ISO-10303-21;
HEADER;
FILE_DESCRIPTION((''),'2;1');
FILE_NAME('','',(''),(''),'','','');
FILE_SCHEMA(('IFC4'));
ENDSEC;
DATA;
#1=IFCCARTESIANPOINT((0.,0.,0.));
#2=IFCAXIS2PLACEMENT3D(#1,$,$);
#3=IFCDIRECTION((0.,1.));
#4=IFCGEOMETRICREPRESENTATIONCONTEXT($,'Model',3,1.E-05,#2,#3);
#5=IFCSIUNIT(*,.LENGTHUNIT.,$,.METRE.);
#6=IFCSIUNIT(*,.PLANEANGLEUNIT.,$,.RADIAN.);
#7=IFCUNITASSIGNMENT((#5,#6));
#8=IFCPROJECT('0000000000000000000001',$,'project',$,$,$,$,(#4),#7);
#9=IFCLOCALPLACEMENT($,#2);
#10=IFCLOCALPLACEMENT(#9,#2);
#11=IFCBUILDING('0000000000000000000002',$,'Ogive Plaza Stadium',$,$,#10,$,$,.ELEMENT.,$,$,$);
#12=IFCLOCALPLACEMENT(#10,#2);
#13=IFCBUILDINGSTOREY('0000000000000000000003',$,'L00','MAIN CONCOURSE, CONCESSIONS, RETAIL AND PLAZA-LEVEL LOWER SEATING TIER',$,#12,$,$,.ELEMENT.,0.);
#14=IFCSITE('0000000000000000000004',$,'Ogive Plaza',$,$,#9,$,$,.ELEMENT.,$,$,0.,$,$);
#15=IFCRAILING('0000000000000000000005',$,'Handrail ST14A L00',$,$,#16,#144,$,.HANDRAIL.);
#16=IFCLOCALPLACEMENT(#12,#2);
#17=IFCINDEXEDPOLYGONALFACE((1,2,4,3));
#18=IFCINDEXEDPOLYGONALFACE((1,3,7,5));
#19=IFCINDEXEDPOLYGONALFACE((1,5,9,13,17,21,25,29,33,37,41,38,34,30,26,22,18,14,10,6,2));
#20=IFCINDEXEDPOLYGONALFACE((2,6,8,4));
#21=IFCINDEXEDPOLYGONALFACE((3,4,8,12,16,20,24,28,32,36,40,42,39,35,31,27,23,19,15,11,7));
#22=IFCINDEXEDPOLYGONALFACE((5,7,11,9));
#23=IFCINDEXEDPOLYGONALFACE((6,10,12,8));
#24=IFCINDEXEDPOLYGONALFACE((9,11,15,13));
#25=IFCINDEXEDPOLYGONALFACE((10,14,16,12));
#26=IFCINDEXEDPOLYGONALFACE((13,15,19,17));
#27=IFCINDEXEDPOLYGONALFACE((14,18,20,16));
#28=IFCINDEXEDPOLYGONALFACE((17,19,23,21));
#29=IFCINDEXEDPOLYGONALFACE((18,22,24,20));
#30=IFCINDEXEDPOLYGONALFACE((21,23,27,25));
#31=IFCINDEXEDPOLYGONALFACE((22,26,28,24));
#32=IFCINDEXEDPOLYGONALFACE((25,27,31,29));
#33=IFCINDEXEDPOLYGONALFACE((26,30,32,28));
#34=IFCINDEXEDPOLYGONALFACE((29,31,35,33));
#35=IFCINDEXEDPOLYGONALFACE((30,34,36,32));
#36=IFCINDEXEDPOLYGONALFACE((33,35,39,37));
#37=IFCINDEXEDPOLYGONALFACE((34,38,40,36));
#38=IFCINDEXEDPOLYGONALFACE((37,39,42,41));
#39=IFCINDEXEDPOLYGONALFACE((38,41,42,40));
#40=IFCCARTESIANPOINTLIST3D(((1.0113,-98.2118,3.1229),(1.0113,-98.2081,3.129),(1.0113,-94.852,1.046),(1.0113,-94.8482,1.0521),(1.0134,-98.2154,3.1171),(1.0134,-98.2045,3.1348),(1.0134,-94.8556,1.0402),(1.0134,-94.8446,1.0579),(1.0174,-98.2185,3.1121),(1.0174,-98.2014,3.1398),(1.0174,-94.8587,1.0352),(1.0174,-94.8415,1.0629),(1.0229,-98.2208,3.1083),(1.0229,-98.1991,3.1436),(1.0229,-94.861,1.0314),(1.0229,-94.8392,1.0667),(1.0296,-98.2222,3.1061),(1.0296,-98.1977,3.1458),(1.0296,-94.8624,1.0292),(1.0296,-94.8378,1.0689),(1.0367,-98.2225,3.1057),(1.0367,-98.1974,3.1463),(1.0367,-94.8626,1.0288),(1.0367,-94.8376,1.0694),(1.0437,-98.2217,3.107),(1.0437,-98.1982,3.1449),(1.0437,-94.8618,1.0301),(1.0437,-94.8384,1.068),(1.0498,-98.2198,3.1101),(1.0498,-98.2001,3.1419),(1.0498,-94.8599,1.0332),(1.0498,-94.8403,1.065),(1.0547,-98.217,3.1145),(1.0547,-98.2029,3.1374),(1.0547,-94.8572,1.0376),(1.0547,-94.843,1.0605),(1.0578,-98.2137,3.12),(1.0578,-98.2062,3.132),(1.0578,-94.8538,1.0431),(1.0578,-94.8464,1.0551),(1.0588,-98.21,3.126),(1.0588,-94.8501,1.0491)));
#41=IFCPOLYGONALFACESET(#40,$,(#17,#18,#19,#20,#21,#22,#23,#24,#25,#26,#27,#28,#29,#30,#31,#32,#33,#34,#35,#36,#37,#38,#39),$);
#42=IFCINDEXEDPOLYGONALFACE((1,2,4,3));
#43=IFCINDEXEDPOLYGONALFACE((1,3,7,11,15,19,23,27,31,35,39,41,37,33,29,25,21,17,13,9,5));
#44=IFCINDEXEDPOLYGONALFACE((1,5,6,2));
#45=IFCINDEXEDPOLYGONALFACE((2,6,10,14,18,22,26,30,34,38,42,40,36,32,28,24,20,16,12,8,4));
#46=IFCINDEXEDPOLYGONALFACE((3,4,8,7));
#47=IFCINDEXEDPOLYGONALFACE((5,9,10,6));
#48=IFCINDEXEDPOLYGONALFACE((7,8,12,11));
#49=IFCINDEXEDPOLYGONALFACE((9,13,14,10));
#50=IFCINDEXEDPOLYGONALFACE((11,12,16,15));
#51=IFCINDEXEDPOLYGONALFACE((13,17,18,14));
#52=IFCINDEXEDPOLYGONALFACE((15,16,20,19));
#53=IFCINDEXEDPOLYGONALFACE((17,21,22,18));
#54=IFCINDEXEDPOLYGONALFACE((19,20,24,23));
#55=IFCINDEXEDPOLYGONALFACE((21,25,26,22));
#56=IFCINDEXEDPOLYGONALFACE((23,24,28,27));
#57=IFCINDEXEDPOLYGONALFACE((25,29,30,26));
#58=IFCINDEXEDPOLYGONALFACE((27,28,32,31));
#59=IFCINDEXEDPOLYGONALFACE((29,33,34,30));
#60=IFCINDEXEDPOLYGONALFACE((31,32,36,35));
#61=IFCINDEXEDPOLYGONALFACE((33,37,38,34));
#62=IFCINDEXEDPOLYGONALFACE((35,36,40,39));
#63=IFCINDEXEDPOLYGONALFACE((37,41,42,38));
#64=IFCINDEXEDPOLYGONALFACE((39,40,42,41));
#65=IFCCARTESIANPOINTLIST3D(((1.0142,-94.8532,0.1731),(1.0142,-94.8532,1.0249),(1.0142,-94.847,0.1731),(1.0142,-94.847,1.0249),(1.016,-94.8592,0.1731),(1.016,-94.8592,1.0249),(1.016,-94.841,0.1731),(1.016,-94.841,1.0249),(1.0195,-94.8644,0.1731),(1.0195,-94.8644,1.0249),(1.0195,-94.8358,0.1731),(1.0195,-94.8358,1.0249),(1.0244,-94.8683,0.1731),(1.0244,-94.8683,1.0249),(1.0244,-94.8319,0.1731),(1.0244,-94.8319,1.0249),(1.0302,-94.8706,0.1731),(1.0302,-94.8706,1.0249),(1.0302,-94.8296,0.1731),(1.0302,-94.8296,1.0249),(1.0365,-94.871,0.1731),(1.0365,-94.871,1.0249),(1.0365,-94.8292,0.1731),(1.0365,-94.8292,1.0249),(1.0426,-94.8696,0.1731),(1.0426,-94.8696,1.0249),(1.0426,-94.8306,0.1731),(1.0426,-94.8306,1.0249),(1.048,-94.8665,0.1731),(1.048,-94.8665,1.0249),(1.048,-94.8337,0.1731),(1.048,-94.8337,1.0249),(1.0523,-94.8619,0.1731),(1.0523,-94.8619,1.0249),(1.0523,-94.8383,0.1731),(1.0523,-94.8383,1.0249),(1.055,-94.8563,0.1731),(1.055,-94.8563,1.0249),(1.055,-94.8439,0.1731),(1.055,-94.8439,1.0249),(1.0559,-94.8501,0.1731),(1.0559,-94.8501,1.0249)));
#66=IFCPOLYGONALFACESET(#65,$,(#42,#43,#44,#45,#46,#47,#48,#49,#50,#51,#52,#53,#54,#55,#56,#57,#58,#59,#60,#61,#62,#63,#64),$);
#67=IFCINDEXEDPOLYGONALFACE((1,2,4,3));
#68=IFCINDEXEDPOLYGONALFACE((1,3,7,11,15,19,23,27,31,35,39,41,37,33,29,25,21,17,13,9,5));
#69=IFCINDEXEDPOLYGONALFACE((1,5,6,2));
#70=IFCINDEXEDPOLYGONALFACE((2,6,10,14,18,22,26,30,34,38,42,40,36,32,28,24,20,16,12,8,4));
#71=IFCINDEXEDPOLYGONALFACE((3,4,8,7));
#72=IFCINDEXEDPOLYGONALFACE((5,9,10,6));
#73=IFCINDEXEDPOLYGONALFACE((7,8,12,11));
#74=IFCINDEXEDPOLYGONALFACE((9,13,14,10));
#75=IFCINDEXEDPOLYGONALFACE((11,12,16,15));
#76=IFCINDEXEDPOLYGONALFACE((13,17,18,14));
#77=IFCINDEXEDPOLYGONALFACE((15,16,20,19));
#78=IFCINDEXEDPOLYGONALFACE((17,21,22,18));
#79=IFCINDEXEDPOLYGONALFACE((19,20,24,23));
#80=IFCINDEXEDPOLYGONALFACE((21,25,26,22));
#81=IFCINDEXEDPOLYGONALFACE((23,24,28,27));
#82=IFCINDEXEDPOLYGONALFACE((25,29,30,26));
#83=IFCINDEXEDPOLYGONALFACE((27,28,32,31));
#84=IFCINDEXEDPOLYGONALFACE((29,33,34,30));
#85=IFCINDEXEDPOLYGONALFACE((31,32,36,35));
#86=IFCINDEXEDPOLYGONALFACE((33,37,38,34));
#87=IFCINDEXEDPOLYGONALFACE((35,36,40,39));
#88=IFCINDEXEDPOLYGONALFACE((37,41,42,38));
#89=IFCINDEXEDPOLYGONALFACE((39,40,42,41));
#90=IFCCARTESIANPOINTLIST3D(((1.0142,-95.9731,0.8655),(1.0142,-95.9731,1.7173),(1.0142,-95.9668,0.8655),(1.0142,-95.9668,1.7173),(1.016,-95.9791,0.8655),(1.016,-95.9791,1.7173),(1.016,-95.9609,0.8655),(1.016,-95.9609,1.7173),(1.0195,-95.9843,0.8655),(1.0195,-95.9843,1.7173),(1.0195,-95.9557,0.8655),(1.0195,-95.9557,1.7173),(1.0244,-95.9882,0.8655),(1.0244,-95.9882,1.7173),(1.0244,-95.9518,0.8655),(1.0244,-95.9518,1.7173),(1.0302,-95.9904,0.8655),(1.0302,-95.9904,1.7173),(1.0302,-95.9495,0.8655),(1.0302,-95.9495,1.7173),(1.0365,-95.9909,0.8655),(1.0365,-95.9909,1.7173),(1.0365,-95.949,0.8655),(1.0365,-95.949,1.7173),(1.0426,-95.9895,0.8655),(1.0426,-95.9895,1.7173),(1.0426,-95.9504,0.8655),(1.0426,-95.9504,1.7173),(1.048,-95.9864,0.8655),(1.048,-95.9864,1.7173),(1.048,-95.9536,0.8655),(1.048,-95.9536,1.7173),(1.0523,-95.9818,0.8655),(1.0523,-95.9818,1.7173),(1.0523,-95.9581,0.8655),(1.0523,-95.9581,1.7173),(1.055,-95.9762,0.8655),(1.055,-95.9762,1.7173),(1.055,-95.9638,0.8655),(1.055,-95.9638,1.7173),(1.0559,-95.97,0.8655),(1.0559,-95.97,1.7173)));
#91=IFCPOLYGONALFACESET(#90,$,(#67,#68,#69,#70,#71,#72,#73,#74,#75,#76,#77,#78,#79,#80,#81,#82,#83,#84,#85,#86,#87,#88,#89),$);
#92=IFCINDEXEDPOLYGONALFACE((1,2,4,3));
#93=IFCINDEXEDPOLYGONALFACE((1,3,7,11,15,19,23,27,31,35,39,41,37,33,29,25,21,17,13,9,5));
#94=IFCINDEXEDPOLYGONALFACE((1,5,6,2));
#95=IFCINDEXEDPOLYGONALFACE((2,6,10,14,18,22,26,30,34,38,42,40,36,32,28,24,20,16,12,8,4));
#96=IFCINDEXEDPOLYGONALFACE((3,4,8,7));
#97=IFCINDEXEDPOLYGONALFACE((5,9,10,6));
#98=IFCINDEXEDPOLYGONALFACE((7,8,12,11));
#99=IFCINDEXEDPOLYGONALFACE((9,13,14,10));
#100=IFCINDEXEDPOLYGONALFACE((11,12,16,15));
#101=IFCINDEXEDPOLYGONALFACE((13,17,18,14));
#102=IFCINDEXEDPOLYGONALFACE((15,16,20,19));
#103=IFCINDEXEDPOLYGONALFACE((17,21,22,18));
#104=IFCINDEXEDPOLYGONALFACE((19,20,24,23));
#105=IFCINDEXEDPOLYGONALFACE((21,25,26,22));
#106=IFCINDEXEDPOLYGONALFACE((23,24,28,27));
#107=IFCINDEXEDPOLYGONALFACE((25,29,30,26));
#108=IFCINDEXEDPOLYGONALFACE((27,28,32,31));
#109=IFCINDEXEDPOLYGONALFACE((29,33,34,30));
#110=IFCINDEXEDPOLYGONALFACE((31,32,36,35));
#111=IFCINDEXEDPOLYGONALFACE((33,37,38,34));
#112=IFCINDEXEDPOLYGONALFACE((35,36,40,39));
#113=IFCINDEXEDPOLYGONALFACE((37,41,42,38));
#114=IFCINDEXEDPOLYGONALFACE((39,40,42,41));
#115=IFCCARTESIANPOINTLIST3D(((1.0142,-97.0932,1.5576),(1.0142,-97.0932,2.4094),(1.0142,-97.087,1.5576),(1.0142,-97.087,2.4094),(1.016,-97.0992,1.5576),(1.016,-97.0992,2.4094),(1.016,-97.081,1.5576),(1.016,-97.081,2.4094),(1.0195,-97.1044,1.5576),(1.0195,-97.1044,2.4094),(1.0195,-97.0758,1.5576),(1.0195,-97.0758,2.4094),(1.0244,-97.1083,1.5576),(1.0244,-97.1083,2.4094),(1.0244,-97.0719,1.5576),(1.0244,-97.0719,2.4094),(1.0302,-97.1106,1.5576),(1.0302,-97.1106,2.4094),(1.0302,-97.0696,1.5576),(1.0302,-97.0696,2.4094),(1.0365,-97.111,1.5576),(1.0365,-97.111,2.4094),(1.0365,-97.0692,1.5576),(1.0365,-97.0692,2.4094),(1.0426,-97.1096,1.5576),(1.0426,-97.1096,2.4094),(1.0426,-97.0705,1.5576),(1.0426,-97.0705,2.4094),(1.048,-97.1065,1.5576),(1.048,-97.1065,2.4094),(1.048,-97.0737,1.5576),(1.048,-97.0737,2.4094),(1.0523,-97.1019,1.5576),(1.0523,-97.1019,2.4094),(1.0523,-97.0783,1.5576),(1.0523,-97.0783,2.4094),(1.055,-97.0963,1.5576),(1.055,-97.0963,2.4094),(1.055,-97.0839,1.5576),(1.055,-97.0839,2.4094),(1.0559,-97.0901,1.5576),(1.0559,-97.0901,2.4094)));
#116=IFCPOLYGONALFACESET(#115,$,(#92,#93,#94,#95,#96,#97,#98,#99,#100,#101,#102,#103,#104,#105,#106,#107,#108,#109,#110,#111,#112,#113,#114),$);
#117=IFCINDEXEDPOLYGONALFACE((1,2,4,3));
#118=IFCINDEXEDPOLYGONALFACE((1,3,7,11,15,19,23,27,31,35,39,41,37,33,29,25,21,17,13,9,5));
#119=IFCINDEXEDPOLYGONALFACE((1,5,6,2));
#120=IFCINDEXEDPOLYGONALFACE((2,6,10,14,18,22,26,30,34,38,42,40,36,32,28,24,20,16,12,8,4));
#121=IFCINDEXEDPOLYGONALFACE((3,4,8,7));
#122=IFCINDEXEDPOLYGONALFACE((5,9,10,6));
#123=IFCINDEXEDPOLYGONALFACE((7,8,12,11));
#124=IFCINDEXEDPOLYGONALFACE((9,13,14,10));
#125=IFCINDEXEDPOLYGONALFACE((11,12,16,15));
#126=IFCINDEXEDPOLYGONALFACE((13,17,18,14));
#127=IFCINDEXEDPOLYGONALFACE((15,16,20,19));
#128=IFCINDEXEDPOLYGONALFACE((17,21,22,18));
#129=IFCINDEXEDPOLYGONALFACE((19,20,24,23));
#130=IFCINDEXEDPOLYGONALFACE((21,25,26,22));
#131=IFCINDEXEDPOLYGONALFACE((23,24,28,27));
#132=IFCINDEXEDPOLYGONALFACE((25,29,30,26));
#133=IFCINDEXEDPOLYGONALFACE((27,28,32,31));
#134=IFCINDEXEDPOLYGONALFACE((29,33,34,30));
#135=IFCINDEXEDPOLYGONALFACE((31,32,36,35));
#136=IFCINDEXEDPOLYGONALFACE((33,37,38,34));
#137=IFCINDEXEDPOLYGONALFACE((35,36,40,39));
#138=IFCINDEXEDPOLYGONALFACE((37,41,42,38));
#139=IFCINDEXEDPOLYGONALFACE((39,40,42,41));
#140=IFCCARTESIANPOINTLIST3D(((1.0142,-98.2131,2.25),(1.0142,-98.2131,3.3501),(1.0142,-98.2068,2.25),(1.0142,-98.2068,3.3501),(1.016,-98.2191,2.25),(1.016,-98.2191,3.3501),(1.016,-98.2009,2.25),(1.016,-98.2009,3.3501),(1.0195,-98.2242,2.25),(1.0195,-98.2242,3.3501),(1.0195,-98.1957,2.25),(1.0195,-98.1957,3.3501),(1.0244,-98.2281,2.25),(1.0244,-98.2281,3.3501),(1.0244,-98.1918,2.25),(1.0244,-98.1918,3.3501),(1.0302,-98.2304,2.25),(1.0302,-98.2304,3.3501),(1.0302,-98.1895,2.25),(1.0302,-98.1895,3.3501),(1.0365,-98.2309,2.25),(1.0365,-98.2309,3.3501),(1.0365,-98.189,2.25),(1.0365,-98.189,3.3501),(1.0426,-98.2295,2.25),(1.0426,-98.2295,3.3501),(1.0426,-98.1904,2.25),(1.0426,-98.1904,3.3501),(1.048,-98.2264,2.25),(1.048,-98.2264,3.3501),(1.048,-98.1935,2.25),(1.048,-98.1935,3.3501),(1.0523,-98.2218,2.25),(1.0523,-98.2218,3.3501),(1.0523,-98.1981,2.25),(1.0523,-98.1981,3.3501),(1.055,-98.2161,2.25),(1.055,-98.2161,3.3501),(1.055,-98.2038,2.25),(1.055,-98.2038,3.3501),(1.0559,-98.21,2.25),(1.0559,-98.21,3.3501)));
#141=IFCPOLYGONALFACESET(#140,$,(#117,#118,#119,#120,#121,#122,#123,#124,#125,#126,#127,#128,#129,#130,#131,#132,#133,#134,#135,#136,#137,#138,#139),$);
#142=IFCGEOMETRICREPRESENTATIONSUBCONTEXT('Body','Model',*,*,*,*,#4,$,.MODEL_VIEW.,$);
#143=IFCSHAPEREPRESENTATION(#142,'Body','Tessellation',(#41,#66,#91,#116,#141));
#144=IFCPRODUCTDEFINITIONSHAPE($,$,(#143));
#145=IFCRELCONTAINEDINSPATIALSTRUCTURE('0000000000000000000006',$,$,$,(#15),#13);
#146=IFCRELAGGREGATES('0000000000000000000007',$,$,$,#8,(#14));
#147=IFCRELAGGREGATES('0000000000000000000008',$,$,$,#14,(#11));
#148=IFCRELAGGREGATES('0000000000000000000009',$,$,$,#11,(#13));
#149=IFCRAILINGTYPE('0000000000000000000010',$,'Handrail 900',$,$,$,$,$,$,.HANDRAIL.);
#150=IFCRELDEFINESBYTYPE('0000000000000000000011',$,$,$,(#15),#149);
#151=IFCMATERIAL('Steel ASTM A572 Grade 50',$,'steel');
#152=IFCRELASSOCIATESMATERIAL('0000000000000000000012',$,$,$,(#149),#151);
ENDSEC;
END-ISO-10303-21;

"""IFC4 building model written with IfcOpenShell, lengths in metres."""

from ifc_helpers import new_model, si_unit, direction, frame, origin, origin_2d, place, context, subcontext, project, spatial, circle, extrude, material, type_object, element, save


model = new_model("IFC4")

# Units and contexts
model_context = context("Model", 3, precision=1e-05, world=origin(), true_north=direction((0.0, 1.0)))
body_context = subcontext(model_context, "Body", "Model", "MODEL_VIEW")
ifc_project = project(units=[si_unit("LENGTHUNIT", "METRE"), si_unit("PLANEANGLEUNIT", "RADIAN")], contexts=[model_context])

# Site, building, storey
site_placement = place(None, origin())
site = spatial("IfcSite", under=ifc_project, at=site_placement, Name="Ogive Plaza", CompositionType="ELEMENT", RefElevation=0.0)
building_placement = place(site_placement, origin())
building = spatial("IfcBuilding", under=site, at=building_placement, Name="Ogive Plaza Stadium", CompositionType="ELEMENT")
storey_placement = place(building_placement, origin())
storey = spatial("IfcBuildingStorey", under=building, at=storey_placement, Name="L00", Description="MAIN CONCOURSE, CONCESSIONS, RETAIL AND PLAZA-LEVEL LOWER SEATING TIER", CompositionType="ELEMENT", Elevation=0.0)

# Railing
ifc_material_1 = material(Name="Steel ASTM A572 Grade 50", Category="steel")
railing_type_1 = type_object("IfcRailingType", Name="Handrail 900", PredefinedType="HANDRAIL", material=ifc_material_1)
for number, where, name in (
    (1, (1.0349, -94.8501, 0.1731), "Handrail ST14A L00"),
):
    element("IfcRailing", number, at=place(storey_placement, frame(where)), inside=storey, type_object=railing_type_1, Name=name, PredefinedType="HANDRAIL", context=body_context, shape_type="SweptSolid", body=[
        extrude(circle(Radius=0.0239, at=origin_2d()), frame((0.0, 0.0, 0.876), z_axis=(0.0, -0.850606, 0.525803), x_axis=(1.0, 0.0, 0.0)), (0.0, 0.0, 1.0), 3.95),
        extrude(circle(Radius=0.021, at=origin_2d()), origin(), (0.0, 0.0, 1.0), 0.8518),
        extrude(circle(Radius=0.021, at=origin_2d()), frame((0.0, -1.1199, 0.6924)), (0.0, 0.0, 1.0), 0.8518),
        extrude(circle(Radius=0.021, at=origin_2d()), frame((0.0, -2.24, 1.3845)), (0.0, 0.0, 1.0), 0.8518),
        extrude(circle(Radius=0.021, at=origin_2d()), frame((0.0, -3.3599, 2.0769)), (0.0, 0.0, 1.0), 1.1001),
    ])

save(model, "model.ifc")
